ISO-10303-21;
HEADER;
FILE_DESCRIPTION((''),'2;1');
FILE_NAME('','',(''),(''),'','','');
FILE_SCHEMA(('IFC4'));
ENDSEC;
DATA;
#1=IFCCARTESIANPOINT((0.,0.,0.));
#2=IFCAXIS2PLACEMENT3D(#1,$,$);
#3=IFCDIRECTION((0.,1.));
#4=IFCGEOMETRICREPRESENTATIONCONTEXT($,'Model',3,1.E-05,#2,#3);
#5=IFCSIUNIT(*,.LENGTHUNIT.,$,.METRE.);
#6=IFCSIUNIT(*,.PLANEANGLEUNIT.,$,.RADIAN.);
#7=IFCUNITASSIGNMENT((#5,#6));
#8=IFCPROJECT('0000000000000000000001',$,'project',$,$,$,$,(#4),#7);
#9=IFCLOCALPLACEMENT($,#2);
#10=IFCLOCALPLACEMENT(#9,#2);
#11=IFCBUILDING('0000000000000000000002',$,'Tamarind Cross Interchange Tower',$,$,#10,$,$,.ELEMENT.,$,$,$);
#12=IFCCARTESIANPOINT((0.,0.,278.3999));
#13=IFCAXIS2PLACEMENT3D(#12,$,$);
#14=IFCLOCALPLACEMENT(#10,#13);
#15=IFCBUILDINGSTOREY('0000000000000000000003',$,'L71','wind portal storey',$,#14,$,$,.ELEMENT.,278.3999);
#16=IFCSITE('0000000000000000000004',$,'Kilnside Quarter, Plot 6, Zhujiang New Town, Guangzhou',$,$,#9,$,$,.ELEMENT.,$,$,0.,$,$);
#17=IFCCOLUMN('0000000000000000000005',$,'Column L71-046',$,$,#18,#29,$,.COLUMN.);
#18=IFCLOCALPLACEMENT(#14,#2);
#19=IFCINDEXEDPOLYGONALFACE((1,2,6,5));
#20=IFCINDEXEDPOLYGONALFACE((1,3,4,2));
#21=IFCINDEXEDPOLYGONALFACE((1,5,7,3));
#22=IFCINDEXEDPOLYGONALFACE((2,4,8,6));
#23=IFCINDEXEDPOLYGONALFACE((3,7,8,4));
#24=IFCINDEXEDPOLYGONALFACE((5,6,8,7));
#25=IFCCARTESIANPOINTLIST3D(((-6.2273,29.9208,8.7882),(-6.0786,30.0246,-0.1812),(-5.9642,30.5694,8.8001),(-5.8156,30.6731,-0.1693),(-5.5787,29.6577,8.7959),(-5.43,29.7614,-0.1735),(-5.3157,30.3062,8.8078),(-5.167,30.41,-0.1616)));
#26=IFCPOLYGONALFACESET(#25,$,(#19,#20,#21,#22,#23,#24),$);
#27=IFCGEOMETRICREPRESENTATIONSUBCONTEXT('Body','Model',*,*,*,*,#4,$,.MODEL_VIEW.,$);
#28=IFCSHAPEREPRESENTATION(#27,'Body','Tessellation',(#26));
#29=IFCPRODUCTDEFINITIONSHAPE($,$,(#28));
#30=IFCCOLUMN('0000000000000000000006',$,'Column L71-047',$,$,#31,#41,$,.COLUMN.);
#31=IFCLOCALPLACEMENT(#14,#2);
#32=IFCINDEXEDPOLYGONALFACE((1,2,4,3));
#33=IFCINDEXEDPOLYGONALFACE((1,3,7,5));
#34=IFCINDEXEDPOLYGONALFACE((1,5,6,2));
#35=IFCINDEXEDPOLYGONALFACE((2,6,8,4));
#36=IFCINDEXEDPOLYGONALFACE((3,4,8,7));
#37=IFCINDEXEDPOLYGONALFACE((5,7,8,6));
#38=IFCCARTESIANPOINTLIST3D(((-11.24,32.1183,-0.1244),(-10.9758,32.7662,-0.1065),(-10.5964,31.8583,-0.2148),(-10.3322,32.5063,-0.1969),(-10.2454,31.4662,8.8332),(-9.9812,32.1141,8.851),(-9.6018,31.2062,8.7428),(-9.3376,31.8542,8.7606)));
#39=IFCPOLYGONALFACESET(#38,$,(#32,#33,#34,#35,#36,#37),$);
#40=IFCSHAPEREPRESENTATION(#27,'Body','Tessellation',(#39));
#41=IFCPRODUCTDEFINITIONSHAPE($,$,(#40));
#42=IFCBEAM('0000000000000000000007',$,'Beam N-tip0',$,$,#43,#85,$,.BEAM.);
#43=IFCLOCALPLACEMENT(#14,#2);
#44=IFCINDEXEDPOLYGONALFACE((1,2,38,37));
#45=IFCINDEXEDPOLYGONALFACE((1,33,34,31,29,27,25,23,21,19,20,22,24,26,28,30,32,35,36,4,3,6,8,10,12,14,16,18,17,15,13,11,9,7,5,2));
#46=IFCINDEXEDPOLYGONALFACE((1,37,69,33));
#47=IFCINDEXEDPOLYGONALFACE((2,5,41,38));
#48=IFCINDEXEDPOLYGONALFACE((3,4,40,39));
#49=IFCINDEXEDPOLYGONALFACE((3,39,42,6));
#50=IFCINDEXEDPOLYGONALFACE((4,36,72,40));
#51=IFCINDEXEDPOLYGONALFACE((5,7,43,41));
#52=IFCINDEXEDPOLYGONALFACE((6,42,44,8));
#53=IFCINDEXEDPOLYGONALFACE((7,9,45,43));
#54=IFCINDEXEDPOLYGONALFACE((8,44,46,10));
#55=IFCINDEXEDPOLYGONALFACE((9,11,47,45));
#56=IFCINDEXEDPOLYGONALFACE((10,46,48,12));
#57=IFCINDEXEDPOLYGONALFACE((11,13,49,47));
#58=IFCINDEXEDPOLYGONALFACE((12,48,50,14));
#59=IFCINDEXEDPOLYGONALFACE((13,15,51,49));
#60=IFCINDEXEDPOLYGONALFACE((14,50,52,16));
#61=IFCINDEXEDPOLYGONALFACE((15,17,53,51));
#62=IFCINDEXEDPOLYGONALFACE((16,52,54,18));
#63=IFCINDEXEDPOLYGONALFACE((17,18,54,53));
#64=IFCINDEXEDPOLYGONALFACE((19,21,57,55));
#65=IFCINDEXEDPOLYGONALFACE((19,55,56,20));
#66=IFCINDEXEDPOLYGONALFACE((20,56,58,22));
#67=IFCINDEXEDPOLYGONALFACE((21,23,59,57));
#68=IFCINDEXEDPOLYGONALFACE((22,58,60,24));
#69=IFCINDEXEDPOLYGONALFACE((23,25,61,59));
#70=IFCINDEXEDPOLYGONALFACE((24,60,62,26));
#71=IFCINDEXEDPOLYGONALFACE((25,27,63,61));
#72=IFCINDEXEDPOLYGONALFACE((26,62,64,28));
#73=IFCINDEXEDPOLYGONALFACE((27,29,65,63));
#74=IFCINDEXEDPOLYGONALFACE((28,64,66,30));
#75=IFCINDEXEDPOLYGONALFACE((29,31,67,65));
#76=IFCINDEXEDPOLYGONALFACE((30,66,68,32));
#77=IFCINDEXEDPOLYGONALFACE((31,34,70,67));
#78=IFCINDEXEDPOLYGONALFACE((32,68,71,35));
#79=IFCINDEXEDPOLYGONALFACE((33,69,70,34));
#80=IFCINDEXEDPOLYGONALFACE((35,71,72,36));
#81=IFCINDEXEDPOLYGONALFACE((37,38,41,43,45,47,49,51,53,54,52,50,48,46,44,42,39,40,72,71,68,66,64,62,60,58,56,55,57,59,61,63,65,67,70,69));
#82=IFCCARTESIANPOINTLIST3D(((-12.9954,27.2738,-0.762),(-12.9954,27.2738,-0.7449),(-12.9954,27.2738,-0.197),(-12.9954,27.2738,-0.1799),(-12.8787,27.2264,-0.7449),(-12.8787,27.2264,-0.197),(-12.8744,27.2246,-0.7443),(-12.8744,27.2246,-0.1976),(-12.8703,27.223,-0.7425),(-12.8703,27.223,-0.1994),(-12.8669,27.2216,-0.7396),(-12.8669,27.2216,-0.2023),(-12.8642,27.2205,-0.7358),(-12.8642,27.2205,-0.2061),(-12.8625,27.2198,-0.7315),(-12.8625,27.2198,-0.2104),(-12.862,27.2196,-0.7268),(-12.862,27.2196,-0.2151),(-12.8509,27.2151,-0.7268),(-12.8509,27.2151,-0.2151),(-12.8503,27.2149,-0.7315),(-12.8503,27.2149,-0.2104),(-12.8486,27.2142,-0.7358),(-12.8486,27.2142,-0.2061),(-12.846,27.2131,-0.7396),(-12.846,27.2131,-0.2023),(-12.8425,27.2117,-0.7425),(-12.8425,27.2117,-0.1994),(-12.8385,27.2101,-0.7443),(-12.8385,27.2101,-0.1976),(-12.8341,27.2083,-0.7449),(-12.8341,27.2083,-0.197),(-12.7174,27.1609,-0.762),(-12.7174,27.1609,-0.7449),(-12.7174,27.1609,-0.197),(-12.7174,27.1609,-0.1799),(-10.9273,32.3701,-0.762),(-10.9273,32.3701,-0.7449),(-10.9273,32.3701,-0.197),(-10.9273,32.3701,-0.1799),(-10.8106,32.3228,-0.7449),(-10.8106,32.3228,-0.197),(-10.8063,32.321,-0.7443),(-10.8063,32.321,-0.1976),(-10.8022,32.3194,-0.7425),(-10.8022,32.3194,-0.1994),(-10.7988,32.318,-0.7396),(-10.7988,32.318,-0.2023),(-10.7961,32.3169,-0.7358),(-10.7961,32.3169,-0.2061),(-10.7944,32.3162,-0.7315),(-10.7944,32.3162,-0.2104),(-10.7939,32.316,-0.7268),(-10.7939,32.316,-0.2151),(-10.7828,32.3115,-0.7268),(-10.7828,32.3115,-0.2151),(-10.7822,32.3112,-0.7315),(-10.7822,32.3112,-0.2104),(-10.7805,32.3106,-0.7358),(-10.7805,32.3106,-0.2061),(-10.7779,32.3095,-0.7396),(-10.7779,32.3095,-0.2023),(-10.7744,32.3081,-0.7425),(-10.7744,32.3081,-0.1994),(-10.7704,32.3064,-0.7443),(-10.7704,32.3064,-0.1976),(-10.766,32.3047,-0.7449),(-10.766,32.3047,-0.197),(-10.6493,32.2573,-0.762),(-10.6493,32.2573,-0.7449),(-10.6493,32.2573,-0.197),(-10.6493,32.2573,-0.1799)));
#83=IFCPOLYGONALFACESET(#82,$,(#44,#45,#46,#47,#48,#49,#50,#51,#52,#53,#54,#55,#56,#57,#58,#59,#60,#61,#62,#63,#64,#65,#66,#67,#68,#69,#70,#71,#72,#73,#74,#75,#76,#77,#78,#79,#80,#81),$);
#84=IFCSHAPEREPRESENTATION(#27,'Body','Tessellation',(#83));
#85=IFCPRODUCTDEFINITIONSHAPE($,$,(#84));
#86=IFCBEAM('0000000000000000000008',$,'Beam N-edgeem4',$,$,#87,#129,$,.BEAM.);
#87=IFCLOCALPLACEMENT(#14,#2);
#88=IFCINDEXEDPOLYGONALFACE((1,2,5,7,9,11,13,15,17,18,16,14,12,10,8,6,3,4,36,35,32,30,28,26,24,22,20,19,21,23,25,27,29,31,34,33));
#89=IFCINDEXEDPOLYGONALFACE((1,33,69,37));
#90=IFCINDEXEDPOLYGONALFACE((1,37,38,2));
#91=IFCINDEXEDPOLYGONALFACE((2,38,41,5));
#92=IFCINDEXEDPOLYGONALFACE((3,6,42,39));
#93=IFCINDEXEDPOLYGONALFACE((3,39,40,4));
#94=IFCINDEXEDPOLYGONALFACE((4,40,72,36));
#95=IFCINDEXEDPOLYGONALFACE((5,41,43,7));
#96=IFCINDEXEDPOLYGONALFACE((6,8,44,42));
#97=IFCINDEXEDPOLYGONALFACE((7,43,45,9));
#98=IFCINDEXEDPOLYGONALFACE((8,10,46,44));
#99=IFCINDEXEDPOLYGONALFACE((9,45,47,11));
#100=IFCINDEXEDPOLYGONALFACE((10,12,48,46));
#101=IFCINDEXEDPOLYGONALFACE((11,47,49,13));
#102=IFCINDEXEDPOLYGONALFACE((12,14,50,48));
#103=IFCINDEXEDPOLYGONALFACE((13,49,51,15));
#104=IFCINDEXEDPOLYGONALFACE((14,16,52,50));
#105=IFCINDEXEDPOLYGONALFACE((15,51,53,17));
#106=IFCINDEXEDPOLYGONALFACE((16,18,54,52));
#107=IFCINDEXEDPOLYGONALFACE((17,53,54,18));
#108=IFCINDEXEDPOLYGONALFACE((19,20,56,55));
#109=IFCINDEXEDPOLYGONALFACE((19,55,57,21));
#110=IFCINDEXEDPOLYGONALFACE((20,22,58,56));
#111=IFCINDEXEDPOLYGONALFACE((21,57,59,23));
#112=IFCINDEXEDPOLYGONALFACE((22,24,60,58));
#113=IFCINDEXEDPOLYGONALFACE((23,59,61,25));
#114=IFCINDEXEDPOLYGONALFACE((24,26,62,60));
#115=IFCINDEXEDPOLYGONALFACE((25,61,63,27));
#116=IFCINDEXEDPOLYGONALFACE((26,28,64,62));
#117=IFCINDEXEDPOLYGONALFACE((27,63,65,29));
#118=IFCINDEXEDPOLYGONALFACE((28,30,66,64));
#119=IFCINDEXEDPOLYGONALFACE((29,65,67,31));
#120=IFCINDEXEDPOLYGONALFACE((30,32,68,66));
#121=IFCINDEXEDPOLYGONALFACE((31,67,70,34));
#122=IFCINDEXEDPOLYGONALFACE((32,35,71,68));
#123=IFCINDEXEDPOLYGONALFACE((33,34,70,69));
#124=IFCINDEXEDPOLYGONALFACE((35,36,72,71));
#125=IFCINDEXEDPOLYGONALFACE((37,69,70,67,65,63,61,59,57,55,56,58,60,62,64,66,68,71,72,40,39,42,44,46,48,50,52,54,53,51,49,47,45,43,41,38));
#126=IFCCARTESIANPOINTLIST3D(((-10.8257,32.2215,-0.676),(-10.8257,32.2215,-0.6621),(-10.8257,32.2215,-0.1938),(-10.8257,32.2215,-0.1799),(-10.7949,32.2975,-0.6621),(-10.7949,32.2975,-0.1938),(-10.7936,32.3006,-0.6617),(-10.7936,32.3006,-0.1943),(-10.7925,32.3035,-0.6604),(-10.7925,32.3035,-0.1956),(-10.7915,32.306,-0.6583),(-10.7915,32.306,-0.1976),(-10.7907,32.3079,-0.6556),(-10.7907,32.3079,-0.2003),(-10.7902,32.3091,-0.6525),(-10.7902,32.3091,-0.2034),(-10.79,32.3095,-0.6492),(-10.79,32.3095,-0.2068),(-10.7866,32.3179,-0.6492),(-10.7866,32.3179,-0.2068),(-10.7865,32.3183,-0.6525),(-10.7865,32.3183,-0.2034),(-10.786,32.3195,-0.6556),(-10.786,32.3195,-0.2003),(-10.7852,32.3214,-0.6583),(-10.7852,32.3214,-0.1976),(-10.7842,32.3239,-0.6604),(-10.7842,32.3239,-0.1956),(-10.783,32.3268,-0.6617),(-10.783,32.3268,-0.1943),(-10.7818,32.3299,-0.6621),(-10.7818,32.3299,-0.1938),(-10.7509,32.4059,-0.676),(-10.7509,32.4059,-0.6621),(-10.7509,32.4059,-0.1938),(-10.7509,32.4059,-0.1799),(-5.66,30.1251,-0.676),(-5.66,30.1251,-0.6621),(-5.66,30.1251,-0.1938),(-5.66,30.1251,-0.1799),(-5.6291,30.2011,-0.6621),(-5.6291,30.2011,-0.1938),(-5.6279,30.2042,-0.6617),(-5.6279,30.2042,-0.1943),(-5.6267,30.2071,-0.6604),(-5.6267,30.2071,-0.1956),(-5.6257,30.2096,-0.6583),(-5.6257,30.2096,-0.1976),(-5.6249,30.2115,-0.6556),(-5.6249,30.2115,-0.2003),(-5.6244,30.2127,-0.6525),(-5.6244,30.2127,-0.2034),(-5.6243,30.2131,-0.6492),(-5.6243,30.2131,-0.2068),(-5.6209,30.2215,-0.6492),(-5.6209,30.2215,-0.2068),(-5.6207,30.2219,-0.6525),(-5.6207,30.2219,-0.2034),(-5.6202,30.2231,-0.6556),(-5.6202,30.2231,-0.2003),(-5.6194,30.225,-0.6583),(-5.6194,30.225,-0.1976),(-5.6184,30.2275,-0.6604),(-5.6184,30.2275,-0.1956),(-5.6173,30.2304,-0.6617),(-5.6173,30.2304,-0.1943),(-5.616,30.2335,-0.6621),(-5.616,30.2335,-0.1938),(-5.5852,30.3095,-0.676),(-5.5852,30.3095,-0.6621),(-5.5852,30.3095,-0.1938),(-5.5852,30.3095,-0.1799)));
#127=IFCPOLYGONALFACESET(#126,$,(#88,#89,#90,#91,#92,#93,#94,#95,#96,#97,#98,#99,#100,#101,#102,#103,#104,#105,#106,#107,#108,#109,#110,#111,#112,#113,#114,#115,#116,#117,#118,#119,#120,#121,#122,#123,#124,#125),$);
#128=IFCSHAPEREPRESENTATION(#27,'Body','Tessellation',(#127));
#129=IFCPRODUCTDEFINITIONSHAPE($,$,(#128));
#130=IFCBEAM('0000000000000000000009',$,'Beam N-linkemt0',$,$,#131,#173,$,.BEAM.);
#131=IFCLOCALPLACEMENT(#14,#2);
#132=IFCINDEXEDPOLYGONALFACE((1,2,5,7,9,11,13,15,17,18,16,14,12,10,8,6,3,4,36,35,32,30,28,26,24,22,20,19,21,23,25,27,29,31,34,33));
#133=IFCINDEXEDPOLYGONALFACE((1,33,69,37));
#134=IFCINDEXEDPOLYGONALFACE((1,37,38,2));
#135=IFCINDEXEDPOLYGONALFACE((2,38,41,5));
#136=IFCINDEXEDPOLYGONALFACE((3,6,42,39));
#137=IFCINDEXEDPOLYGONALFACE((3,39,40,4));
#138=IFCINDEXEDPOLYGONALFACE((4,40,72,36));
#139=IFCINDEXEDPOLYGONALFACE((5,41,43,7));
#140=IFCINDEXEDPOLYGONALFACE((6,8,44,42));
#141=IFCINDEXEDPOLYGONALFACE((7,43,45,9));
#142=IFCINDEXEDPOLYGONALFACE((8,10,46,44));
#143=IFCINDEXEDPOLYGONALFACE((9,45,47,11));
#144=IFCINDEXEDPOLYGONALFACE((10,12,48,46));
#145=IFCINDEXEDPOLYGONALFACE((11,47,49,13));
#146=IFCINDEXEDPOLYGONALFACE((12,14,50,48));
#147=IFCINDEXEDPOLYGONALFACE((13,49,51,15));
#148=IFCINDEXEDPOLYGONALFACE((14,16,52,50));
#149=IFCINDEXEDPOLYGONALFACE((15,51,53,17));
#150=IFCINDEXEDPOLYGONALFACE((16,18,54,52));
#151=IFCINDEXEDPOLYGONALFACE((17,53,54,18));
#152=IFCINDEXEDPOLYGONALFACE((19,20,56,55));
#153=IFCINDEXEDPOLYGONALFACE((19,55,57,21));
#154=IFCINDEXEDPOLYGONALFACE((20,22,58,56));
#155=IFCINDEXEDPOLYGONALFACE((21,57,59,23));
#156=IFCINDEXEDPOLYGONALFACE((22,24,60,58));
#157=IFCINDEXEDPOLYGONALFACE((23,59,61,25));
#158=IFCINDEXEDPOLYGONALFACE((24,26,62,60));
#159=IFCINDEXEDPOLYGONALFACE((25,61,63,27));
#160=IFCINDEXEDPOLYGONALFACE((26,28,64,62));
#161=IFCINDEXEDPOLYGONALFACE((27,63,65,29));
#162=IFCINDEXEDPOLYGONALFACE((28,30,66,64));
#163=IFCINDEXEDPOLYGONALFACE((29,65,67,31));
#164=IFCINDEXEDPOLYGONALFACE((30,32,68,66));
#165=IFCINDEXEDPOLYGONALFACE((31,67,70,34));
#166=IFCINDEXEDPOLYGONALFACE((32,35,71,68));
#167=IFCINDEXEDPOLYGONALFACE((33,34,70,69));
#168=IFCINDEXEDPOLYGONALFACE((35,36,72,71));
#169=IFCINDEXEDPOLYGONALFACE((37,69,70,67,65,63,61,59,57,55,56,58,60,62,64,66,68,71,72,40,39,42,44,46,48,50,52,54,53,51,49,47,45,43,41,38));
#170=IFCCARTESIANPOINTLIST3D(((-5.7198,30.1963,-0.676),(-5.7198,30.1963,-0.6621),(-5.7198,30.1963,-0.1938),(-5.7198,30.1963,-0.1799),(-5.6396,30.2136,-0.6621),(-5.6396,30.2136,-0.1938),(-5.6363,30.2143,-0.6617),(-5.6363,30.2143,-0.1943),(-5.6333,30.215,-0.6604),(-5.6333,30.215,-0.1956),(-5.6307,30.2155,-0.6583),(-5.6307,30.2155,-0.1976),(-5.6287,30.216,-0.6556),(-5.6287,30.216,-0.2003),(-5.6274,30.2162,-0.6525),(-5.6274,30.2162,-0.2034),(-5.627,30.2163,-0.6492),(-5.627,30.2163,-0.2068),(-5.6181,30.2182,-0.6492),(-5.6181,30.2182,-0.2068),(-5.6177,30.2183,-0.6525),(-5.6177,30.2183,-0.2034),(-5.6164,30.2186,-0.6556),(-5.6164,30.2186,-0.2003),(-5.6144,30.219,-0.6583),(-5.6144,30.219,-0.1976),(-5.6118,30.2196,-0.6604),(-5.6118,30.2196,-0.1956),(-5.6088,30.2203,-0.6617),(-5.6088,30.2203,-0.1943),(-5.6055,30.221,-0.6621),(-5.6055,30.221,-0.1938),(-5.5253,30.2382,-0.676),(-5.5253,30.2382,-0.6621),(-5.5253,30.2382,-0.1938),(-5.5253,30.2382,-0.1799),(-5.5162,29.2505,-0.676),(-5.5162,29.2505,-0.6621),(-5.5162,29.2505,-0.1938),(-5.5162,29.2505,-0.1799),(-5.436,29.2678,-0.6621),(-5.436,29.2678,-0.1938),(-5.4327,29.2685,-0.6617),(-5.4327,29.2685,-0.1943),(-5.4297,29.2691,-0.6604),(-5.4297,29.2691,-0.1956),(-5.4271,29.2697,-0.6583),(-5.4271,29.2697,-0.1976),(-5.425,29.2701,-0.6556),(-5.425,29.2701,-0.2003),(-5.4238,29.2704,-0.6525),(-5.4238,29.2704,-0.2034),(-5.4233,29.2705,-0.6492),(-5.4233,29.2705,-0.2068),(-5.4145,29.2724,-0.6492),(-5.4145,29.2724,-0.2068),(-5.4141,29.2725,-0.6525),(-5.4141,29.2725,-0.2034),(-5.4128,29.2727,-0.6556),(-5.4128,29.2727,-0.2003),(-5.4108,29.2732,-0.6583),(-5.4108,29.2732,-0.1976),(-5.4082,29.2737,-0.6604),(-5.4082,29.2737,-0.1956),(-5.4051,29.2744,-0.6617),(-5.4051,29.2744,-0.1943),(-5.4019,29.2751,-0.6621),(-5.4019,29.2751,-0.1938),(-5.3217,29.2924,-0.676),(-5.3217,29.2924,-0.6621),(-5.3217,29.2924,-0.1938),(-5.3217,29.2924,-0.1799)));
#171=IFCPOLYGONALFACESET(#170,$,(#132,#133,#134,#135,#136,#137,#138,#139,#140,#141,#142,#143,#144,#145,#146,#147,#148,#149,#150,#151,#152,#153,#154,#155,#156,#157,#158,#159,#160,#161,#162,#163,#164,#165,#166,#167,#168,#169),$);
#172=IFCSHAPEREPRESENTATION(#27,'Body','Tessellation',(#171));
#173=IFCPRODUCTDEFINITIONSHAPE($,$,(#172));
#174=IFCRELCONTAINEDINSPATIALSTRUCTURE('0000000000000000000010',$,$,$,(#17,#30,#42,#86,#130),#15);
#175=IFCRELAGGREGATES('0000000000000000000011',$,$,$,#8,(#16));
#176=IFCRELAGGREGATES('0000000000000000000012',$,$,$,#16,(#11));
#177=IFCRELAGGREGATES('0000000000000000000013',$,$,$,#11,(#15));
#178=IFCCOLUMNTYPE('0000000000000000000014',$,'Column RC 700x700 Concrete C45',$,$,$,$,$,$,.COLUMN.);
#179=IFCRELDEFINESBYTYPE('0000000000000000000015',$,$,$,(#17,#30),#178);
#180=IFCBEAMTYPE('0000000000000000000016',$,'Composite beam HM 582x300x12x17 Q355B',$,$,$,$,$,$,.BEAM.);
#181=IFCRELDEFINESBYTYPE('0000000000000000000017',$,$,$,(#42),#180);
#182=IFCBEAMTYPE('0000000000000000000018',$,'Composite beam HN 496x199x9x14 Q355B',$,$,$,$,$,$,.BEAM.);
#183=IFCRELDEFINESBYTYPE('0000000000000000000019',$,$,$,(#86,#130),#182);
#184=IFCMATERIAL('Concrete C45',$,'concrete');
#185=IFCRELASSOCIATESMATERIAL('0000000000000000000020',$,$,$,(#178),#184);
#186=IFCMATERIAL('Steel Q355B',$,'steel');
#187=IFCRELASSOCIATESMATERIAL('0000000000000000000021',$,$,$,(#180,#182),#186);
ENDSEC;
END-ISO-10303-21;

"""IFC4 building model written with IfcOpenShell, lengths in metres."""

from ifc_helpers import new_model, si_unit, direction, frame, origin, origin_2d, place, context, subcontext, project, spatial, rectangle, i_section, extrude, material, material_profile, profile_set, type_object, element, save


model = new_model("IFC4")

# Units and contexts
model_context = context("Model", 3, precision=1e-05, world=origin(), true_north=direction((0.0, 1.0)))
body_context = subcontext(model_context, "Body", "Model", "MODEL_VIEW")
ifc_project = project(units=[si_unit("LENGTHUNIT", "METRE"), si_unit("PLANEANGLEUNIT", "RADIAN")], contexts=[model_context])

# Site, building, storey
site_placement = place(None, origin())
site = spatial("IfcSite", under=ifc_project, at=site_placement, Name="Kilnside Quarter, Plot 6, Zhujiang New Town, Guangzhou", CompositionType="ELEMENT", RefElevation=0.0)
building_placement = place(site_placement, origin())
building = spatial("IfcBuilding", under=site, at=building_placement, Name="Tamarind Cross Interchange Tower", CompositionType="ELEMENT")
storey_placement = place(building_placement, frame((0.0, 0.0, 278.3999)))
storey = spatial("IfcBuildingStorey", under=building, at=storey_placement, Name="L71", Description="wind portal storey", CompositionType="ELEMENT", Elevation=278.3999)

# Columns
ifc_material_1 = material(Name="Concrete C45", Category="concrete")
ifc_material_profile_1 = material_profile(ifc_material_1, rectangle(XDim=0.7, YDim=0.7, at=origin_2d()), Name="RC 700x700")
ifc_profile_set_1 = profile_set([ifc_material_profile_1], Name="Concrete C45")
column_type = type_object("IfcColumnType", Name="Column RC 700x700 Concrete C45", PredefinedType="COLUMN", material=ifc_profile_set_1)
column_1_placement = place(storey_placement, frame((-5.6228, 30.2173, -0.1714), z_axis=(-0.016573, -0.011566, 0.999796), x_axis=(0.926555, -0.375998, 0.01101)))
element("IfcColumn", 1, at=column_1_placement, inside=storey, type_object=column_type, Name="Column L71-046", PredefinedType="COLUMN", context=body_context, shape_type="SweptSolid", body=[
    extrude(rectangle(XDim=0.7, YDim=0.7, at=origin_2d()), origin(), (0.0, 0.0, 1.0), 8.9712),
])
column_2_placement = place(storey_placement, frame((-10.7861, 32.3123, -0.1606), z_axis=(0.110072, -0.072166, 0.9913), x_axis=(0.377447, 0.925681, 0.025478)))
element("IfcColumn", 2, at=column_2_placement, inside=storey, type_object=column_type, Name="Column L71-047", PredefinedType="COLUMN", context=body_context, shape_type="SweptSolid", body=[
    extrude(rectangle(XDim=0.7, YDim=0.7, at=origin_2d()), origin(), (0.0, 0.0, 1.0), 9.0361),
])

# Beams
ifc_material_2 = material(Name="Steel Q355B", Category="steel")
ifc_material_profile_2 = material_profile(ifc_material_2, i_section(OverallWidth=0.3, OverallDepth=0.582, WebThickness=0.012, FlangeThickness=0.0171, FilletRadius=0.0181, at=origin_2d()), Name="HM 582x300x12x17")
ifc_profile_set_2 = profile_set([ifc_material_profile_2], Name="Steel Q355B")
beam_type_1 = type_object("IfcBeamType", Name="Composite beam HM 582x300x12x17 Q355B", PredefinedType="BEAM", material=ifc_profile_set_2)
beam_1_placement = place(storey_placement, frame((-10.7883, 32.3137, -0.4709), z_axis=(-0.376016, -0.926613, 0.0), x_axis=(0.926613, -0.376016, 0.0)))
element("IfcBeam", 3, at=beam_1_placement, inside=storey, type_object=beam_type_1, Name="Beam N-tip0", PredefinedType="BEAM", context=body_context, shape_type="SweptSolid", body=[
    extrude(i_section(OverallWidth=0.3, OverallDepth=0.582, WebThickness=0.012, FlangeThickness=0.0171, FilletRadius=0.0181, at=origin_2d()), origin(), (0.0, 0.0, 1.0), 5.5),
])
ifc_material_profile_3 = material_profile(ifc_material_2, i_section(OverallWidth=0.199, OverallDepth=0.4961, WebThickness=0.009, FlangeThickness=0.0139, FilletRadius=0.0129, at=origin_2d()), Name="HN 496x199x9x14")
ifc_profile_set_3 = profile_set([ifc_material_profile_3], Name="Steel Q355B")
beam_type_2 = type_object("IfcBeamType", Name="Composite beam HN 496x199x9x14 Q355B", PredefinedType="BEAM", material=ifc_profile_set_3)
beam_2_placement = place(storey_placement, frame((-10.7883, 32.3137, -0.428), z_axis=(0.926602, -0.376045, 0.0), x_axis=(0.376045, 0.926602, 0.0)))
element("IfcBeam", 4, at=beam_2_placement, inside=storey, type_object=beam_type_2, Name="Beam N-edgeem4", PredefinedType="BEAM", context=body_context, shape_type="SweptSolid", body=[
    extrude(i_section(OverallWidth=0.199, OverallDepth=0.4961, WebThickness=0.009, FlangeThickness=0.0139, FilletRadius=0.0129, at=origin_2d()), origin(), (0.0, 0.0, 1.0), 5.575),
])
beam_3_placement = place(storey_placement, frame((-5.6226, 30.2173, -0.428), z_axis=(0.21046, -0.977603, 0.0), x_axis=(0.977603, 0.21046, 0.0)))
element("IfcBeam", 5, at=beam_3_placement, inside=storey, type_object=beam_type_2, Name="Beam N-linkemt0", PredefinedType="BEAM", context=body_context, shape_type="SweptSolid", body=[
    extrude(i_section(OverallWidth=0.199, OverallDepth=0.4961, WebThickness=0.009, FlangeThickness=0.0139, FilletRadius=0.0129, at=origin_2d()), origin(), (0.0, 0.0, 1.0), 0.9675),
])

save(model, "model.ifc")
